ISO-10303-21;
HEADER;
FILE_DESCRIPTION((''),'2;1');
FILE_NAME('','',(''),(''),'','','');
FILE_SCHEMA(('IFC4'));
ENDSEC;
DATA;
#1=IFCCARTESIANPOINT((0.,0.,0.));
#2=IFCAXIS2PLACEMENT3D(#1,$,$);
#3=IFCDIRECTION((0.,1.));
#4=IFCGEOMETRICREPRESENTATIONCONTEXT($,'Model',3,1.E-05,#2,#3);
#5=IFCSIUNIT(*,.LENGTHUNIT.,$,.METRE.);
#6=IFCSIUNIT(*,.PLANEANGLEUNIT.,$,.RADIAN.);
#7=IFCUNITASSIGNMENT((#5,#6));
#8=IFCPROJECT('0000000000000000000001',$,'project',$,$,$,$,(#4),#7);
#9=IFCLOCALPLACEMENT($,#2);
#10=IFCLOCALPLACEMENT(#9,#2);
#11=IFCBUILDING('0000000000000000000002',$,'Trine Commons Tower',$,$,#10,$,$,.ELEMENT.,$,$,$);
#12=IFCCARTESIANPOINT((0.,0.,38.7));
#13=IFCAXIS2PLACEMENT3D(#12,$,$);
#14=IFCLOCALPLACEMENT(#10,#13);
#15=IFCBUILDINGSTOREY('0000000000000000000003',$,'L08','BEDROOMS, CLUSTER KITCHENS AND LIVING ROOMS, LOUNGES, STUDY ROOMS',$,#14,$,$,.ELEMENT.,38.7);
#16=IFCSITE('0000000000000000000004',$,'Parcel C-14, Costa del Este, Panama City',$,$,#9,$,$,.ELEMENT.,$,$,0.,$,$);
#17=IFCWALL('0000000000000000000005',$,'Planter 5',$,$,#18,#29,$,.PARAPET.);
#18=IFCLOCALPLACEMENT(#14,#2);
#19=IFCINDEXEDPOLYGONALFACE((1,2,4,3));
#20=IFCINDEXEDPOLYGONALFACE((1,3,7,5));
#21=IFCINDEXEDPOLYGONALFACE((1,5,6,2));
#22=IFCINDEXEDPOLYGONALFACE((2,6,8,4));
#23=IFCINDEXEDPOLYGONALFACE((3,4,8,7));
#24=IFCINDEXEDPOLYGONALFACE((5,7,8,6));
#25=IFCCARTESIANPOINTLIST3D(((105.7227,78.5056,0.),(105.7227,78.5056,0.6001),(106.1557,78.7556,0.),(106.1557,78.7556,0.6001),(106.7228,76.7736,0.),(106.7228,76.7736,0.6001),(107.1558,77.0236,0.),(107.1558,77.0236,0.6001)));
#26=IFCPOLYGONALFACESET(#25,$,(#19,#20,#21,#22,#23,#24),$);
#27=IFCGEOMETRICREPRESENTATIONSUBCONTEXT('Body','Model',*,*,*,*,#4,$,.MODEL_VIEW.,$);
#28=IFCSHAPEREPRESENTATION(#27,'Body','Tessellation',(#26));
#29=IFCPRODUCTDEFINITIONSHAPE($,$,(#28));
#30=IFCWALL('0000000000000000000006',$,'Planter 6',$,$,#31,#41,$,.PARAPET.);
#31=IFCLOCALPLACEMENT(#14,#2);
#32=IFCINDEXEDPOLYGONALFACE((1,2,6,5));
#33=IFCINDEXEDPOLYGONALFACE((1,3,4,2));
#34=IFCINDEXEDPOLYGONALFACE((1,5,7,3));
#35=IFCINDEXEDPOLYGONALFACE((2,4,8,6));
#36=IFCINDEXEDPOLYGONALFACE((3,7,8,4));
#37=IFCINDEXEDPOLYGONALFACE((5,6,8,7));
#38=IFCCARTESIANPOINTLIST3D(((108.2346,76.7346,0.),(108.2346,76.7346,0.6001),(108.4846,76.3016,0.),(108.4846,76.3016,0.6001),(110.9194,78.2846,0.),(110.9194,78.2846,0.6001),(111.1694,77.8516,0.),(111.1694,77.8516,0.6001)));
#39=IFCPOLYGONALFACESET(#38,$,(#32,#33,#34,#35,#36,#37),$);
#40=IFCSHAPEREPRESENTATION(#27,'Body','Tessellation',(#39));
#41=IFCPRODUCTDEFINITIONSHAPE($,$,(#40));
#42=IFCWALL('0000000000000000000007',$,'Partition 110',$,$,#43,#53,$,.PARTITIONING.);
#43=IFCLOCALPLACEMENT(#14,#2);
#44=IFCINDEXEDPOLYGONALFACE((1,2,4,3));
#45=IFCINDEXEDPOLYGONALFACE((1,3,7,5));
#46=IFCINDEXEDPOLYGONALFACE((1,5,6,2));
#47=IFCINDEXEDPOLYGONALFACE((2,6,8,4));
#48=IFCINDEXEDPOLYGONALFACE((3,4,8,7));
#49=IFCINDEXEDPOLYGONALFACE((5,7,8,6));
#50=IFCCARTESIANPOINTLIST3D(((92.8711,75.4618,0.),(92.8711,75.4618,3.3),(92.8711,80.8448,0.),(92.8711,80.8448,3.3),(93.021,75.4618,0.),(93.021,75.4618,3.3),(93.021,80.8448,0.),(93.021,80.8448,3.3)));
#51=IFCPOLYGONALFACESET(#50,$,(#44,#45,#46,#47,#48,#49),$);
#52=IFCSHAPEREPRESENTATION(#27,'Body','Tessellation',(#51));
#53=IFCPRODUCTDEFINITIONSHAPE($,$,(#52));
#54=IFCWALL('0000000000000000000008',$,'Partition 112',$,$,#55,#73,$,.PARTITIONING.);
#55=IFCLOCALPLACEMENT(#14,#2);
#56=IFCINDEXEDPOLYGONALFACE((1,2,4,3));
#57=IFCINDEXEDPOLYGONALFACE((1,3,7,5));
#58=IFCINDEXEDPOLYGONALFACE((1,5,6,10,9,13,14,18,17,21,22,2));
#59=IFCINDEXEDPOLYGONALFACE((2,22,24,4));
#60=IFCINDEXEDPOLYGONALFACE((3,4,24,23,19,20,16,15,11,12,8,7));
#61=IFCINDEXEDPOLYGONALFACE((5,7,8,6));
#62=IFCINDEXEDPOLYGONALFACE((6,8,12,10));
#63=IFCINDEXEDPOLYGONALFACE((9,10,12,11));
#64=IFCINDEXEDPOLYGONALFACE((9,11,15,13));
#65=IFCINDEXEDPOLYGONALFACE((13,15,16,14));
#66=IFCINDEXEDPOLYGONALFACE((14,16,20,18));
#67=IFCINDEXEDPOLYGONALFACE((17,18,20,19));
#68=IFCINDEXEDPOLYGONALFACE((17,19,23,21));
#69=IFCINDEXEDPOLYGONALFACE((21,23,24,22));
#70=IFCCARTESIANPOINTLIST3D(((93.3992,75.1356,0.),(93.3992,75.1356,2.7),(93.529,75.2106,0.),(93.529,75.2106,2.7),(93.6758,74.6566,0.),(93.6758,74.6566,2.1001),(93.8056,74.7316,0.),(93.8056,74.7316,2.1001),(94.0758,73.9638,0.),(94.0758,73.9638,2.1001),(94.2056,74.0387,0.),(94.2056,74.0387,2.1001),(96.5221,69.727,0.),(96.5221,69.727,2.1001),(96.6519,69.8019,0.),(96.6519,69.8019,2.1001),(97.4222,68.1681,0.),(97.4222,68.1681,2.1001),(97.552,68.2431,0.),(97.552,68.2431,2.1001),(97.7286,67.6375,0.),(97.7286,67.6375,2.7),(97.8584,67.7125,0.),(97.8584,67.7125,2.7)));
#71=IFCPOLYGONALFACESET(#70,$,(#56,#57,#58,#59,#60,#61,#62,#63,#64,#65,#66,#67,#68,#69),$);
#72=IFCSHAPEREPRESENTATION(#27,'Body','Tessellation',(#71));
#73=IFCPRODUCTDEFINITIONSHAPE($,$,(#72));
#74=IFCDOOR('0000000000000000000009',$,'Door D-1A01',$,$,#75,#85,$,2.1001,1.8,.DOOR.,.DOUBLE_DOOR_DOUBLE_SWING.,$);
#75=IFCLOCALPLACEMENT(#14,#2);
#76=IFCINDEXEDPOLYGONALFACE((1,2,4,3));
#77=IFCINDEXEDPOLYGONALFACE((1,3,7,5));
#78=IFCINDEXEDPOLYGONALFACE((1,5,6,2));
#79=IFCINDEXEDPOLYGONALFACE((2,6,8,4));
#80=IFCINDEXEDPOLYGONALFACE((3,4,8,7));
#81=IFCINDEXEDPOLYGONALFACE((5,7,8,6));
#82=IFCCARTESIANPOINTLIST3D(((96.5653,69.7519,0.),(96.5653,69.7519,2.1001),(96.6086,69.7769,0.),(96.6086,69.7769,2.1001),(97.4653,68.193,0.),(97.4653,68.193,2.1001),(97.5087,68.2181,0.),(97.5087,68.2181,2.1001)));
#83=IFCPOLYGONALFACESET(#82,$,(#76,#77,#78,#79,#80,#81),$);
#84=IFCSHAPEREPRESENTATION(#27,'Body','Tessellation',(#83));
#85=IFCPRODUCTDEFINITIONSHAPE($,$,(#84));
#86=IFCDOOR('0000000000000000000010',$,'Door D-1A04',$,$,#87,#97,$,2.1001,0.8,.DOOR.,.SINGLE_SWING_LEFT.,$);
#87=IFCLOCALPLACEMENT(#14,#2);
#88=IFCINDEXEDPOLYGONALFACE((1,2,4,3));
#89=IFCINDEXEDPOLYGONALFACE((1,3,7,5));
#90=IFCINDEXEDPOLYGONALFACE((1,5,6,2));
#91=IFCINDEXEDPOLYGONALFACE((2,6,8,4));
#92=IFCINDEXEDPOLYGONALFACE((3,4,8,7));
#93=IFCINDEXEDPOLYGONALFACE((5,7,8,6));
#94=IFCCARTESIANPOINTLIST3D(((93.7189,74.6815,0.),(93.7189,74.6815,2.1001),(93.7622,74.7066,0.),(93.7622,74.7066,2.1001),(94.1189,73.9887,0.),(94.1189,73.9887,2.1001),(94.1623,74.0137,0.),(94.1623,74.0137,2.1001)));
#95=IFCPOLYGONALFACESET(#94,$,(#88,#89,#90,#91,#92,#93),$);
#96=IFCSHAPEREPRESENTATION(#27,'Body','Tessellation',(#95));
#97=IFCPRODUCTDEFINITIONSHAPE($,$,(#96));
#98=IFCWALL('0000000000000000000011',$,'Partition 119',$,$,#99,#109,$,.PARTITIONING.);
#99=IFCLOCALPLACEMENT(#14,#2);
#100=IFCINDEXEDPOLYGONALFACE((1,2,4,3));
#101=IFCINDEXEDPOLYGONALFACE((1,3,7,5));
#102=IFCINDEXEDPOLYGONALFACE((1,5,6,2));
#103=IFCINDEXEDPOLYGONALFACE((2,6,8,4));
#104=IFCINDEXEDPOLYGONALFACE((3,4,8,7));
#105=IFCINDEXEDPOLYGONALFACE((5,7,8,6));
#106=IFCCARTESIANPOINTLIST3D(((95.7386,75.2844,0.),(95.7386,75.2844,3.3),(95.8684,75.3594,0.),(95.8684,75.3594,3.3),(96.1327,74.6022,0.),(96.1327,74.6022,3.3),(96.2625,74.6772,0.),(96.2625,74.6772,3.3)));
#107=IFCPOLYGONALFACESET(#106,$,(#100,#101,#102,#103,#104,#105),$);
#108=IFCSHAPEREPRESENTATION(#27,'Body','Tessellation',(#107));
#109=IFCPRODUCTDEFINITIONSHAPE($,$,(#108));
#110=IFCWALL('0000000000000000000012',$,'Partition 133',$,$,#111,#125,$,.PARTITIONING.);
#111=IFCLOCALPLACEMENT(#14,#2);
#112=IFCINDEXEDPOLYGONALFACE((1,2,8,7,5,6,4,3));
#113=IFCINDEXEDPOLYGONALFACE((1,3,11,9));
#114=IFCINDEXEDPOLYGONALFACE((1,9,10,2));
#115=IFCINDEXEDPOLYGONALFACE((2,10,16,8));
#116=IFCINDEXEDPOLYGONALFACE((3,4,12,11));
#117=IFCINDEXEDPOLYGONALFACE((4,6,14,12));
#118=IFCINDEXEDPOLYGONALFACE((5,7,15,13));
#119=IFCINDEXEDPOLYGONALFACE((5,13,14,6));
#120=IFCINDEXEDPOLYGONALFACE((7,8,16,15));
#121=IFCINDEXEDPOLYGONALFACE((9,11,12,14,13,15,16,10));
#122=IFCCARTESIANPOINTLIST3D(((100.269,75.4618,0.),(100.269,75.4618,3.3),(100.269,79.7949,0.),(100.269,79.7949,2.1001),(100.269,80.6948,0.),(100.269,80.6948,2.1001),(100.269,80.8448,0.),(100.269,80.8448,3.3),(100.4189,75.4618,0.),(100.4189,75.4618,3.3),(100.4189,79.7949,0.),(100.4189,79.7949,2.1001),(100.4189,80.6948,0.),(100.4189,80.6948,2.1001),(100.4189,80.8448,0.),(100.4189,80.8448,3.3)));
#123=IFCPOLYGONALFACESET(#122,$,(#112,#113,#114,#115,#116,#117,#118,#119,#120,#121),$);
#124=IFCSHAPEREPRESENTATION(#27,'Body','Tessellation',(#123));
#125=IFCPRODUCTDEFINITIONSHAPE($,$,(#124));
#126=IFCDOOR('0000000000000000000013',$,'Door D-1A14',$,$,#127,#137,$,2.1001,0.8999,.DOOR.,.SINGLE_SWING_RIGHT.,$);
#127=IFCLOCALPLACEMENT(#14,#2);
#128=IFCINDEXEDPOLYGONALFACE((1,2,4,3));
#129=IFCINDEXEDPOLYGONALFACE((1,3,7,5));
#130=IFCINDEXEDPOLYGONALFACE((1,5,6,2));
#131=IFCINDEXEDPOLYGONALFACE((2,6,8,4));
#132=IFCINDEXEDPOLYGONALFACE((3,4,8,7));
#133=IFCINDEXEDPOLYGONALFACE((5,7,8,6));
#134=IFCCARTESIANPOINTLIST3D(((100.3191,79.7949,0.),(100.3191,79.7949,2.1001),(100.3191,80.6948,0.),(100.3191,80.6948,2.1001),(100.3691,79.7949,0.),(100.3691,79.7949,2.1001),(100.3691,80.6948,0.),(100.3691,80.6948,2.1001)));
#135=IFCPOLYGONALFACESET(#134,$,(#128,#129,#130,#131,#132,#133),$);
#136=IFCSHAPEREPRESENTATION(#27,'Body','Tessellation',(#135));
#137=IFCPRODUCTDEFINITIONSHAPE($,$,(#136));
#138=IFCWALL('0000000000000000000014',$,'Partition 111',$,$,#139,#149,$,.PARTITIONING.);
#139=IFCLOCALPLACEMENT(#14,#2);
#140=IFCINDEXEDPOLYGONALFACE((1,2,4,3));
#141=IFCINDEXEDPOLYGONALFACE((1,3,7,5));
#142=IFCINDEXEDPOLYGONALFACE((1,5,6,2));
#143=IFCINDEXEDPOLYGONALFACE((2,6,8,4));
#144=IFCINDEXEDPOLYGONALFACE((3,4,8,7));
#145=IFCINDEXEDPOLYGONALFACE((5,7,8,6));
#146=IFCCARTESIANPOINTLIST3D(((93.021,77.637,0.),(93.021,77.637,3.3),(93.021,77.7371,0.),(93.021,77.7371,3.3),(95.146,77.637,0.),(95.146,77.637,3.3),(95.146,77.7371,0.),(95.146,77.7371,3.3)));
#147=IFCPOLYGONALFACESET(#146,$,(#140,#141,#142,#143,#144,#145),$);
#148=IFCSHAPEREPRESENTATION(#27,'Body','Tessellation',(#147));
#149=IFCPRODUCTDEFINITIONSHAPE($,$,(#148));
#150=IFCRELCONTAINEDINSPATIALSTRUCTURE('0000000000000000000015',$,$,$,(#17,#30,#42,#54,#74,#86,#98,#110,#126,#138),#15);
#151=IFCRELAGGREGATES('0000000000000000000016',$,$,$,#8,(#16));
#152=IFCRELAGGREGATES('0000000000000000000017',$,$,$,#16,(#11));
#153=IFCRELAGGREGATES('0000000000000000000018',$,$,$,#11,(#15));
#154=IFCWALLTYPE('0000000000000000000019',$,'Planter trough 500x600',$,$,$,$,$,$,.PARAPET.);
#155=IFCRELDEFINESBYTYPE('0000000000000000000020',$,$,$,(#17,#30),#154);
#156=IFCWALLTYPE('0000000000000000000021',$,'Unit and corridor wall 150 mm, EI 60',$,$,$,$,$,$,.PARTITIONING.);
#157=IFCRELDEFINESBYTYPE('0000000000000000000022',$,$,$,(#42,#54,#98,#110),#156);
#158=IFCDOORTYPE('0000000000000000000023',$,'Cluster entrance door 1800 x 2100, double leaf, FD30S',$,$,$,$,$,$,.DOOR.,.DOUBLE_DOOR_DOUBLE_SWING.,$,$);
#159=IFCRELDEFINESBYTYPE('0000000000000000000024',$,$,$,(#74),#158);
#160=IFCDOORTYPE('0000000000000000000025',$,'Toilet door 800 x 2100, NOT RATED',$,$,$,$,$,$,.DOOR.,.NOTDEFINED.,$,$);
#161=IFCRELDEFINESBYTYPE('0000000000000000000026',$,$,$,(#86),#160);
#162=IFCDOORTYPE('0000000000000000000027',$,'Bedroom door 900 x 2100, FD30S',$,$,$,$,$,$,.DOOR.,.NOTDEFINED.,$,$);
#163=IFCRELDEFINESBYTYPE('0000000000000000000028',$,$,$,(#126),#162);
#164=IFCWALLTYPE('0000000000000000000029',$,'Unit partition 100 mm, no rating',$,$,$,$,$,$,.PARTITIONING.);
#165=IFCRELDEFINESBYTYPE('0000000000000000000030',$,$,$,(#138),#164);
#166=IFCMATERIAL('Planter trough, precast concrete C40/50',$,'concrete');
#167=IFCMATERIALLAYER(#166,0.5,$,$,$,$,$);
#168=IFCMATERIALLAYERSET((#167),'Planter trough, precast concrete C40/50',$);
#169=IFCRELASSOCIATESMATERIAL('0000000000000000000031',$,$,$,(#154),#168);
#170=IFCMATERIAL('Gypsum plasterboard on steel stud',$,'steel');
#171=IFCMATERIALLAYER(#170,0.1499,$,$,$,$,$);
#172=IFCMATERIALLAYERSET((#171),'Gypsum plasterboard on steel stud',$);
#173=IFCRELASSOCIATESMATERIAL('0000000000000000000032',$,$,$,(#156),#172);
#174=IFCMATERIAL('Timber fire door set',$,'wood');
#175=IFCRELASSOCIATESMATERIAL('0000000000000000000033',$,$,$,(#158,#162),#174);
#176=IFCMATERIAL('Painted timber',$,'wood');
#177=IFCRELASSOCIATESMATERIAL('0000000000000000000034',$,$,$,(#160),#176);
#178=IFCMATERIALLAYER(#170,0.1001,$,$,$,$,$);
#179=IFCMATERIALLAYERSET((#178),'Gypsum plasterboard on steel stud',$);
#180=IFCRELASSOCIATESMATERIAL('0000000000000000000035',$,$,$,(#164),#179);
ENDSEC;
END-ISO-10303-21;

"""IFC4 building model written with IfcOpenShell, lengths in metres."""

from ifc_helpers import new_model, si_unit, direction, frame, frame_2d, origin, place, context, subcontext, project, spatial, rectangle, extrude, material, layer, layer_set, type_object, element, fill, save


model = new_model("IFC4")

# Units and contexts
model_context = context("Model", 3, precision=1e-05, world=origin(), true_north=direction((0.0, 1.0)))
body_context = subcontext(model_context, "Body", "Model", "MODEL_VIEW")
ifc_project = project(units=[si_unit("LENGTHUNIT", "METRE"), si_unit("PLANEANGLEUNIT", "RADIAN")], contexts=[model_context])

# Site, building, storey
site_placement = place(None, origin())
site = spatial("IfcSite", under=ifc_project, at=site_placement, Name="Parcel C-14, Costa del Este, Panama City", CompositionType="ELEMENT", RefElevation=0.0)
building_placement = place(site_placement, origin())
building = spatial("IfcBuilding", under=site, at=building_placement, Name="Trine Commons Tower", CompositionType="ELEMENT")
storey_placement = place(building_placement, frame((0.0, 0.0, 38.7)))
storey = spatial("IfcBuildingStorey", under=building, at=storey_placement, Name="L08", Description="BEDROOMS, CLUSTER KITCHENS AND LIVING ROOMS, LOUNGES, STUDY ROOMS", CompositionType="ELEMENT", Elevation=38.7)

# Walls
ifc_material_1 = material(Name="Planter trough, precast concrete C40/50", Category="concrete")
ifc_layer_1 = layer(ifc_material_1, 0.5)
ifc_layer_set_1 = layer_set([ifc_layer_1], Name="Planter trough, precast concrete C40/50")
wall_type_1 = type_object("IfcWallType", Name="Planter trough 500x600", PredefinedType="PARAPET", material=ifc_layer_set_1)
wall_1_placement = place(storey_placement, frame((105.9392, 78.6306, 0.0), z_axis=(0.0, 0.0, 1.0), x_axis=(0.500025, -0.866011, 0.0)))
element("IfcWall", 1, at=wall_1_placement, inside=storey, type_object=wall_type_1, Name="Planter 5", PredefinedType="PARAPET", context=body_context, shape_type="SweptSolid", body=[
    extrude(rectangle(XDim=2.0, YDim=0.5, at=frame_2d((1.0, 0.0))), origin(), (0.0, 0.0, 1.0), 0.6001),
])
wall_2_placement = place(storey_placement, frame((108.3596, 76.5181, 0.0), z_axis=(0.0, 0.0, 1.0), x_axis=(0.86603, 0.499993, 0.0)))
element("IfcWall", 2, at=wall_2_placement, inside=storey, type_object=wall_type_1, Name="Planter 6", PredefinedType="PARAPET", context=body_context, shape_type="SweptSolid", body=[
    extrude(rectangle(XDim=3.1001, YDim=0.5, at=frame_2d((1.55, 0.0))), origin(), (0.0, 0.0, 1.0), 0.6001),
])
ifc_material_2 = material(Name="Gypsum plasterboard on steel stud", Category="steel")
ifc_layer_2 = layer(ifc_material_2, 0.1499)
ifc_layer_set_2 = layer_set([ifc_layer_2], Name="Gypsum plasterboard on steel stud")
wall_type_2 = type_object("IfcWallType", Name="Unit and corridor wall 150 mm, EI 60", PredefinedType="PARTITIONING", material=ifc_layer_set_2)
wall_3_placement = place(storey_placement, frame((92.946, 75.4619, 0.0), z_axis=(0.0, 0.0, 1.0), x_axis=(0.0, 1.0, 0.0)))
element("IfcWall", 3, at=wall_3_placement, inside=storey, type_object=wall_type_2, Name="Partition 110", PredefinedType="PARTITIONING", context=body_context, shape_type="SweptSolid", body=[
    extrude(rectangle(XDim=5.3831, YDim=0.1499, at=frame_2d((2.6914, 0.0))), origin(), (0.0, 0.0, 1.0), 3.3),
])

# Wall, openings, doors
wall_4_placement = place(storey_placement, frame((93.4641, 75.1731, 0.0), z_axis=(0.0, 0.0, 1.0), x_axis=(0.50003, -0.866008, 0.0)))
wall_4 = element("IfcWall", 4, at=wall_4_placement, inside=storey, type_object=wall_type_2, Name="Partition 112", PredefinedType="PARTITIONING", context=body_context, shape_type="SweptSolid", body=[
    extrude(rectangle(XDim=8.6582, YDim=0.1499, at=frame_2d((4.3291, 0.0))), origin(), (0.0, 0.0, 1.0), 2.7),
])
opening_1_placement = place(wall_4_placement, frame((6.2456, 0.0, 0.0)))
opening_1 = element("IfcOpeningElement", 5, at=opening_1_placement, cuts=wall_4, PredefinedType="OPENING", context=body_context, shape_type="SweptSolid", body=[
    extrude(rectangle(XDim=1.8, YDim=2.1001, at=frame_2d((0.8999, 1.05))), frame((0.0, 0.085, 0.0), z_axis=(0.0, -1.0, 0.0), x_axis=(1.0, 0.0, 0.0)), (0.0, 0.0, 1.0), 0.1699),
])
opening_2_placement = place(wall_4_placement, frame((0.5532, 0.0, 0.0)))
opening_2 = element("IfcOpeningElement", 6, at=opening_2_placement, cuts=wall_4, PredefinedType="OPENING", context=body_context, shape_type="SweptSolid", body=[
    extrude(rectangle(XDim=0.8, YDim=2.1001, at=frame_2d((0.3999, 1.05))), frame((0.0, 0.085, 0.0), z_axis=(0.0, -1.0, 0.0), x_axis=(1.0, 0.0, 0.0)), (0.0, 0.0, 1.0), 0.1699),
])
ifc_material_3 = material(Name="Timber fire door set", Category="wood")
door_type_1 = type_object("IfcDoorType", Name="Cluster entrance door 1800 x 2100, double leaf, FD30S", OperationType="DOUBLE_DOOR_DOUBLE_SWING", PredefinedType="DOOR", material=ifc_material_3)
door_1_placement = place(opening_1_placement, origin())
door_1 = element("IfcDoor", 7, at=door_1_placement, inside=storey, type_object=door_type_1, Name="Door D-1A01", OperationType="DOUBLE_DOOR_DOUBLE_SWING", OverallHeight=2.1001, OverallWidth=1.8, PredefinedType="DOOR", context=body_context, shape_type="SweptSolid", body=[
    extrude(rectangle(XDim=1.8, YDim=2.1001, at=frame_2d((0.8999, 1.05))), frame((0.0, 0.0249, 0.0), z_axis=(0.0, -1.0, 0.0), x_axis=(1.0, 0.0, 0.0)), (0.0, 0.0, 1.0), 0.05),
])
fill(opening_1, door_1)
ifc_material_4 = material(Name="Painted timber", Category="wood")
door_type_2 = type_object("IfcDoorType", Name="Toilet door 800 x 2100, NOT RATED", OperationType="NOTDEFINED", PredefinedType="DOOR", material=ifc_material_4)
door_2_placement = place(opening_2_placement, origin())
door_2 = element("IfcDoor", 8, at=door_2_placement, inside=storey, type_object=door_type_2, Name="Door D-1A04", OperationType="SINGLE_SWING_LEFT", OverallHeight=2.1001, OverallWidth=0.8, PredefinedType="DOOR", context=body_context, shape_type="SweptSolid", body=[
    extrude(rectangle(XDim=0.8, YDim=2.1001, at=frame_2d((0.3999, 1.05))), frame((0.0, 0.0249, 0.0), z_axis=(0.0, -1.0, 0.0), x_axis=(1.0, 0.0, 0.0)), (0.0, 0.0, 1.0), 0.05),
])
fill(opening_2, door_2)

# Wall
wall_5_placement = place(storey_placement, frame((95.8035, 75.322, 0.0), z_axis=(0.0, 0.0, 1.0), x_axis=(0.500205, -0.865907, 0.0)))
element("IfcWall", 9, at=wall_5_placement, inside=storey, type_object=wall_type_2, Name="Partition 119", PredefinedType="PARTITIONING", context=body_context, shape_type="SweptSolid", body=[
    extrude(rectangle(XDim=0.7878, YDim=0.1499, at=frame_2d((0.394, 0.0))), origin(), (0.0, 0.0, 1.0), 3.3),
])

# Wall, opening, door
wall_6_placement = place(storey_placement, frame((100.344, 75.4619, 0.0), z_axis=(0.0, 0.0, 1.0), x_axis=(0.0, 1.0, 0.0)))
wall_6 = element("IfcWall", 10, at=wall_6_placement, inside=storey, type_object=wall_type_2, Name="Partition 133", PredefinedType="PARTITIONING", context=body_context, shape_type="SweptSolid", body=[
    extrude(rectangle(XDim=5.3831, YDim=0.1499, at=frame_2d((2.6914, 0.0))), origin(), (0.0, 0.0, 1.0), 3.3),
])
opening_3_placement = place(wall_6_placement, frame((4.333, 0.0, 0.0)))
opening_3 = element("IfcOpeningElement", 11, at=opening_3_placement, cuts=wall_6, PredefinedType="OPENING", context=body_context, shape_type="SweptSolid", body=[
    extrude(rectangle(XDim=0.8999, YDim=2.1001, at=frame_2d((0.45, 1.05))), frame((0.0, 0.085, 0.0), z_axis=(0.0, -1.0, 0.0), x_axis=(1.0, 0.0, 0.0)), (0.0, 0.0, 1.0), 0.1699),
])
door_type_3 = type_object("IfcDoorType", Name="Bedroom door 900 x 2100, FD30S", OperationType="NOTDEFINED", PredefinedType="DOOR", material=ifc_material_3)
door_3_placement = place(opening_3_placement, origin())
door_3 = element("IfcDoor", 12, at=door_3_placement, inside=storey, type_object=door_type_3, Name="Door D-1A14", OperationType="SINGLE_SWING_RIGHT", OverallHeight=2.1001, OverallWidth=0.8999, PredefinedType="DOOR", context=body_context, shape_type="SweptSolid", body=[
    extrude(rectangle(XDim=0.8999, YDim=2.1001, at=frame_2d((0.45, 1.05))), frame((0.0, 0.0249, 0.0), z_axis=(0.0, -1.0, 0.0), x_axis=(1.0, 0.0, 0.0)), (0.0, 0.0, 1.0), 0.05),
])
fill(opening_3, door_3)

# Wall
ifc_layer_3 = layer(ifc_material_2, 0.1001)
ifc_layer_set_3 = layer_set([ifc_layer_3], Name="Gypsum plasterboard on steel stud")
wall_type_3 = type_object("IfcWallType", Name="Unit partition 100 mm, no rating", PredefinedType="PARTITIONING", material=ifc_layer_set_3)
wall_7_placement = place(storey_placement, frame((93.021, 77.687, 0.0), z_axis=(0.0, 0.0, 1.0), x_axis=(1.0, 0.0, 0.0)))
element("IfcWall", 13, at=wall_7_placement, inside=storey, type_object=wall_type_3, Name="Partition 111", PredefinedType="PARTITIONING", context=body_context, shape_type="SweptSolid", body=[
    extrude(rectangle(XDim=2.125, YDim=0.1001, at=frame_2d((1.0625, 0.0))), origin(), (0.0, 0.0, 1.0), 3.3),
])

save(model, "model.ifc")
